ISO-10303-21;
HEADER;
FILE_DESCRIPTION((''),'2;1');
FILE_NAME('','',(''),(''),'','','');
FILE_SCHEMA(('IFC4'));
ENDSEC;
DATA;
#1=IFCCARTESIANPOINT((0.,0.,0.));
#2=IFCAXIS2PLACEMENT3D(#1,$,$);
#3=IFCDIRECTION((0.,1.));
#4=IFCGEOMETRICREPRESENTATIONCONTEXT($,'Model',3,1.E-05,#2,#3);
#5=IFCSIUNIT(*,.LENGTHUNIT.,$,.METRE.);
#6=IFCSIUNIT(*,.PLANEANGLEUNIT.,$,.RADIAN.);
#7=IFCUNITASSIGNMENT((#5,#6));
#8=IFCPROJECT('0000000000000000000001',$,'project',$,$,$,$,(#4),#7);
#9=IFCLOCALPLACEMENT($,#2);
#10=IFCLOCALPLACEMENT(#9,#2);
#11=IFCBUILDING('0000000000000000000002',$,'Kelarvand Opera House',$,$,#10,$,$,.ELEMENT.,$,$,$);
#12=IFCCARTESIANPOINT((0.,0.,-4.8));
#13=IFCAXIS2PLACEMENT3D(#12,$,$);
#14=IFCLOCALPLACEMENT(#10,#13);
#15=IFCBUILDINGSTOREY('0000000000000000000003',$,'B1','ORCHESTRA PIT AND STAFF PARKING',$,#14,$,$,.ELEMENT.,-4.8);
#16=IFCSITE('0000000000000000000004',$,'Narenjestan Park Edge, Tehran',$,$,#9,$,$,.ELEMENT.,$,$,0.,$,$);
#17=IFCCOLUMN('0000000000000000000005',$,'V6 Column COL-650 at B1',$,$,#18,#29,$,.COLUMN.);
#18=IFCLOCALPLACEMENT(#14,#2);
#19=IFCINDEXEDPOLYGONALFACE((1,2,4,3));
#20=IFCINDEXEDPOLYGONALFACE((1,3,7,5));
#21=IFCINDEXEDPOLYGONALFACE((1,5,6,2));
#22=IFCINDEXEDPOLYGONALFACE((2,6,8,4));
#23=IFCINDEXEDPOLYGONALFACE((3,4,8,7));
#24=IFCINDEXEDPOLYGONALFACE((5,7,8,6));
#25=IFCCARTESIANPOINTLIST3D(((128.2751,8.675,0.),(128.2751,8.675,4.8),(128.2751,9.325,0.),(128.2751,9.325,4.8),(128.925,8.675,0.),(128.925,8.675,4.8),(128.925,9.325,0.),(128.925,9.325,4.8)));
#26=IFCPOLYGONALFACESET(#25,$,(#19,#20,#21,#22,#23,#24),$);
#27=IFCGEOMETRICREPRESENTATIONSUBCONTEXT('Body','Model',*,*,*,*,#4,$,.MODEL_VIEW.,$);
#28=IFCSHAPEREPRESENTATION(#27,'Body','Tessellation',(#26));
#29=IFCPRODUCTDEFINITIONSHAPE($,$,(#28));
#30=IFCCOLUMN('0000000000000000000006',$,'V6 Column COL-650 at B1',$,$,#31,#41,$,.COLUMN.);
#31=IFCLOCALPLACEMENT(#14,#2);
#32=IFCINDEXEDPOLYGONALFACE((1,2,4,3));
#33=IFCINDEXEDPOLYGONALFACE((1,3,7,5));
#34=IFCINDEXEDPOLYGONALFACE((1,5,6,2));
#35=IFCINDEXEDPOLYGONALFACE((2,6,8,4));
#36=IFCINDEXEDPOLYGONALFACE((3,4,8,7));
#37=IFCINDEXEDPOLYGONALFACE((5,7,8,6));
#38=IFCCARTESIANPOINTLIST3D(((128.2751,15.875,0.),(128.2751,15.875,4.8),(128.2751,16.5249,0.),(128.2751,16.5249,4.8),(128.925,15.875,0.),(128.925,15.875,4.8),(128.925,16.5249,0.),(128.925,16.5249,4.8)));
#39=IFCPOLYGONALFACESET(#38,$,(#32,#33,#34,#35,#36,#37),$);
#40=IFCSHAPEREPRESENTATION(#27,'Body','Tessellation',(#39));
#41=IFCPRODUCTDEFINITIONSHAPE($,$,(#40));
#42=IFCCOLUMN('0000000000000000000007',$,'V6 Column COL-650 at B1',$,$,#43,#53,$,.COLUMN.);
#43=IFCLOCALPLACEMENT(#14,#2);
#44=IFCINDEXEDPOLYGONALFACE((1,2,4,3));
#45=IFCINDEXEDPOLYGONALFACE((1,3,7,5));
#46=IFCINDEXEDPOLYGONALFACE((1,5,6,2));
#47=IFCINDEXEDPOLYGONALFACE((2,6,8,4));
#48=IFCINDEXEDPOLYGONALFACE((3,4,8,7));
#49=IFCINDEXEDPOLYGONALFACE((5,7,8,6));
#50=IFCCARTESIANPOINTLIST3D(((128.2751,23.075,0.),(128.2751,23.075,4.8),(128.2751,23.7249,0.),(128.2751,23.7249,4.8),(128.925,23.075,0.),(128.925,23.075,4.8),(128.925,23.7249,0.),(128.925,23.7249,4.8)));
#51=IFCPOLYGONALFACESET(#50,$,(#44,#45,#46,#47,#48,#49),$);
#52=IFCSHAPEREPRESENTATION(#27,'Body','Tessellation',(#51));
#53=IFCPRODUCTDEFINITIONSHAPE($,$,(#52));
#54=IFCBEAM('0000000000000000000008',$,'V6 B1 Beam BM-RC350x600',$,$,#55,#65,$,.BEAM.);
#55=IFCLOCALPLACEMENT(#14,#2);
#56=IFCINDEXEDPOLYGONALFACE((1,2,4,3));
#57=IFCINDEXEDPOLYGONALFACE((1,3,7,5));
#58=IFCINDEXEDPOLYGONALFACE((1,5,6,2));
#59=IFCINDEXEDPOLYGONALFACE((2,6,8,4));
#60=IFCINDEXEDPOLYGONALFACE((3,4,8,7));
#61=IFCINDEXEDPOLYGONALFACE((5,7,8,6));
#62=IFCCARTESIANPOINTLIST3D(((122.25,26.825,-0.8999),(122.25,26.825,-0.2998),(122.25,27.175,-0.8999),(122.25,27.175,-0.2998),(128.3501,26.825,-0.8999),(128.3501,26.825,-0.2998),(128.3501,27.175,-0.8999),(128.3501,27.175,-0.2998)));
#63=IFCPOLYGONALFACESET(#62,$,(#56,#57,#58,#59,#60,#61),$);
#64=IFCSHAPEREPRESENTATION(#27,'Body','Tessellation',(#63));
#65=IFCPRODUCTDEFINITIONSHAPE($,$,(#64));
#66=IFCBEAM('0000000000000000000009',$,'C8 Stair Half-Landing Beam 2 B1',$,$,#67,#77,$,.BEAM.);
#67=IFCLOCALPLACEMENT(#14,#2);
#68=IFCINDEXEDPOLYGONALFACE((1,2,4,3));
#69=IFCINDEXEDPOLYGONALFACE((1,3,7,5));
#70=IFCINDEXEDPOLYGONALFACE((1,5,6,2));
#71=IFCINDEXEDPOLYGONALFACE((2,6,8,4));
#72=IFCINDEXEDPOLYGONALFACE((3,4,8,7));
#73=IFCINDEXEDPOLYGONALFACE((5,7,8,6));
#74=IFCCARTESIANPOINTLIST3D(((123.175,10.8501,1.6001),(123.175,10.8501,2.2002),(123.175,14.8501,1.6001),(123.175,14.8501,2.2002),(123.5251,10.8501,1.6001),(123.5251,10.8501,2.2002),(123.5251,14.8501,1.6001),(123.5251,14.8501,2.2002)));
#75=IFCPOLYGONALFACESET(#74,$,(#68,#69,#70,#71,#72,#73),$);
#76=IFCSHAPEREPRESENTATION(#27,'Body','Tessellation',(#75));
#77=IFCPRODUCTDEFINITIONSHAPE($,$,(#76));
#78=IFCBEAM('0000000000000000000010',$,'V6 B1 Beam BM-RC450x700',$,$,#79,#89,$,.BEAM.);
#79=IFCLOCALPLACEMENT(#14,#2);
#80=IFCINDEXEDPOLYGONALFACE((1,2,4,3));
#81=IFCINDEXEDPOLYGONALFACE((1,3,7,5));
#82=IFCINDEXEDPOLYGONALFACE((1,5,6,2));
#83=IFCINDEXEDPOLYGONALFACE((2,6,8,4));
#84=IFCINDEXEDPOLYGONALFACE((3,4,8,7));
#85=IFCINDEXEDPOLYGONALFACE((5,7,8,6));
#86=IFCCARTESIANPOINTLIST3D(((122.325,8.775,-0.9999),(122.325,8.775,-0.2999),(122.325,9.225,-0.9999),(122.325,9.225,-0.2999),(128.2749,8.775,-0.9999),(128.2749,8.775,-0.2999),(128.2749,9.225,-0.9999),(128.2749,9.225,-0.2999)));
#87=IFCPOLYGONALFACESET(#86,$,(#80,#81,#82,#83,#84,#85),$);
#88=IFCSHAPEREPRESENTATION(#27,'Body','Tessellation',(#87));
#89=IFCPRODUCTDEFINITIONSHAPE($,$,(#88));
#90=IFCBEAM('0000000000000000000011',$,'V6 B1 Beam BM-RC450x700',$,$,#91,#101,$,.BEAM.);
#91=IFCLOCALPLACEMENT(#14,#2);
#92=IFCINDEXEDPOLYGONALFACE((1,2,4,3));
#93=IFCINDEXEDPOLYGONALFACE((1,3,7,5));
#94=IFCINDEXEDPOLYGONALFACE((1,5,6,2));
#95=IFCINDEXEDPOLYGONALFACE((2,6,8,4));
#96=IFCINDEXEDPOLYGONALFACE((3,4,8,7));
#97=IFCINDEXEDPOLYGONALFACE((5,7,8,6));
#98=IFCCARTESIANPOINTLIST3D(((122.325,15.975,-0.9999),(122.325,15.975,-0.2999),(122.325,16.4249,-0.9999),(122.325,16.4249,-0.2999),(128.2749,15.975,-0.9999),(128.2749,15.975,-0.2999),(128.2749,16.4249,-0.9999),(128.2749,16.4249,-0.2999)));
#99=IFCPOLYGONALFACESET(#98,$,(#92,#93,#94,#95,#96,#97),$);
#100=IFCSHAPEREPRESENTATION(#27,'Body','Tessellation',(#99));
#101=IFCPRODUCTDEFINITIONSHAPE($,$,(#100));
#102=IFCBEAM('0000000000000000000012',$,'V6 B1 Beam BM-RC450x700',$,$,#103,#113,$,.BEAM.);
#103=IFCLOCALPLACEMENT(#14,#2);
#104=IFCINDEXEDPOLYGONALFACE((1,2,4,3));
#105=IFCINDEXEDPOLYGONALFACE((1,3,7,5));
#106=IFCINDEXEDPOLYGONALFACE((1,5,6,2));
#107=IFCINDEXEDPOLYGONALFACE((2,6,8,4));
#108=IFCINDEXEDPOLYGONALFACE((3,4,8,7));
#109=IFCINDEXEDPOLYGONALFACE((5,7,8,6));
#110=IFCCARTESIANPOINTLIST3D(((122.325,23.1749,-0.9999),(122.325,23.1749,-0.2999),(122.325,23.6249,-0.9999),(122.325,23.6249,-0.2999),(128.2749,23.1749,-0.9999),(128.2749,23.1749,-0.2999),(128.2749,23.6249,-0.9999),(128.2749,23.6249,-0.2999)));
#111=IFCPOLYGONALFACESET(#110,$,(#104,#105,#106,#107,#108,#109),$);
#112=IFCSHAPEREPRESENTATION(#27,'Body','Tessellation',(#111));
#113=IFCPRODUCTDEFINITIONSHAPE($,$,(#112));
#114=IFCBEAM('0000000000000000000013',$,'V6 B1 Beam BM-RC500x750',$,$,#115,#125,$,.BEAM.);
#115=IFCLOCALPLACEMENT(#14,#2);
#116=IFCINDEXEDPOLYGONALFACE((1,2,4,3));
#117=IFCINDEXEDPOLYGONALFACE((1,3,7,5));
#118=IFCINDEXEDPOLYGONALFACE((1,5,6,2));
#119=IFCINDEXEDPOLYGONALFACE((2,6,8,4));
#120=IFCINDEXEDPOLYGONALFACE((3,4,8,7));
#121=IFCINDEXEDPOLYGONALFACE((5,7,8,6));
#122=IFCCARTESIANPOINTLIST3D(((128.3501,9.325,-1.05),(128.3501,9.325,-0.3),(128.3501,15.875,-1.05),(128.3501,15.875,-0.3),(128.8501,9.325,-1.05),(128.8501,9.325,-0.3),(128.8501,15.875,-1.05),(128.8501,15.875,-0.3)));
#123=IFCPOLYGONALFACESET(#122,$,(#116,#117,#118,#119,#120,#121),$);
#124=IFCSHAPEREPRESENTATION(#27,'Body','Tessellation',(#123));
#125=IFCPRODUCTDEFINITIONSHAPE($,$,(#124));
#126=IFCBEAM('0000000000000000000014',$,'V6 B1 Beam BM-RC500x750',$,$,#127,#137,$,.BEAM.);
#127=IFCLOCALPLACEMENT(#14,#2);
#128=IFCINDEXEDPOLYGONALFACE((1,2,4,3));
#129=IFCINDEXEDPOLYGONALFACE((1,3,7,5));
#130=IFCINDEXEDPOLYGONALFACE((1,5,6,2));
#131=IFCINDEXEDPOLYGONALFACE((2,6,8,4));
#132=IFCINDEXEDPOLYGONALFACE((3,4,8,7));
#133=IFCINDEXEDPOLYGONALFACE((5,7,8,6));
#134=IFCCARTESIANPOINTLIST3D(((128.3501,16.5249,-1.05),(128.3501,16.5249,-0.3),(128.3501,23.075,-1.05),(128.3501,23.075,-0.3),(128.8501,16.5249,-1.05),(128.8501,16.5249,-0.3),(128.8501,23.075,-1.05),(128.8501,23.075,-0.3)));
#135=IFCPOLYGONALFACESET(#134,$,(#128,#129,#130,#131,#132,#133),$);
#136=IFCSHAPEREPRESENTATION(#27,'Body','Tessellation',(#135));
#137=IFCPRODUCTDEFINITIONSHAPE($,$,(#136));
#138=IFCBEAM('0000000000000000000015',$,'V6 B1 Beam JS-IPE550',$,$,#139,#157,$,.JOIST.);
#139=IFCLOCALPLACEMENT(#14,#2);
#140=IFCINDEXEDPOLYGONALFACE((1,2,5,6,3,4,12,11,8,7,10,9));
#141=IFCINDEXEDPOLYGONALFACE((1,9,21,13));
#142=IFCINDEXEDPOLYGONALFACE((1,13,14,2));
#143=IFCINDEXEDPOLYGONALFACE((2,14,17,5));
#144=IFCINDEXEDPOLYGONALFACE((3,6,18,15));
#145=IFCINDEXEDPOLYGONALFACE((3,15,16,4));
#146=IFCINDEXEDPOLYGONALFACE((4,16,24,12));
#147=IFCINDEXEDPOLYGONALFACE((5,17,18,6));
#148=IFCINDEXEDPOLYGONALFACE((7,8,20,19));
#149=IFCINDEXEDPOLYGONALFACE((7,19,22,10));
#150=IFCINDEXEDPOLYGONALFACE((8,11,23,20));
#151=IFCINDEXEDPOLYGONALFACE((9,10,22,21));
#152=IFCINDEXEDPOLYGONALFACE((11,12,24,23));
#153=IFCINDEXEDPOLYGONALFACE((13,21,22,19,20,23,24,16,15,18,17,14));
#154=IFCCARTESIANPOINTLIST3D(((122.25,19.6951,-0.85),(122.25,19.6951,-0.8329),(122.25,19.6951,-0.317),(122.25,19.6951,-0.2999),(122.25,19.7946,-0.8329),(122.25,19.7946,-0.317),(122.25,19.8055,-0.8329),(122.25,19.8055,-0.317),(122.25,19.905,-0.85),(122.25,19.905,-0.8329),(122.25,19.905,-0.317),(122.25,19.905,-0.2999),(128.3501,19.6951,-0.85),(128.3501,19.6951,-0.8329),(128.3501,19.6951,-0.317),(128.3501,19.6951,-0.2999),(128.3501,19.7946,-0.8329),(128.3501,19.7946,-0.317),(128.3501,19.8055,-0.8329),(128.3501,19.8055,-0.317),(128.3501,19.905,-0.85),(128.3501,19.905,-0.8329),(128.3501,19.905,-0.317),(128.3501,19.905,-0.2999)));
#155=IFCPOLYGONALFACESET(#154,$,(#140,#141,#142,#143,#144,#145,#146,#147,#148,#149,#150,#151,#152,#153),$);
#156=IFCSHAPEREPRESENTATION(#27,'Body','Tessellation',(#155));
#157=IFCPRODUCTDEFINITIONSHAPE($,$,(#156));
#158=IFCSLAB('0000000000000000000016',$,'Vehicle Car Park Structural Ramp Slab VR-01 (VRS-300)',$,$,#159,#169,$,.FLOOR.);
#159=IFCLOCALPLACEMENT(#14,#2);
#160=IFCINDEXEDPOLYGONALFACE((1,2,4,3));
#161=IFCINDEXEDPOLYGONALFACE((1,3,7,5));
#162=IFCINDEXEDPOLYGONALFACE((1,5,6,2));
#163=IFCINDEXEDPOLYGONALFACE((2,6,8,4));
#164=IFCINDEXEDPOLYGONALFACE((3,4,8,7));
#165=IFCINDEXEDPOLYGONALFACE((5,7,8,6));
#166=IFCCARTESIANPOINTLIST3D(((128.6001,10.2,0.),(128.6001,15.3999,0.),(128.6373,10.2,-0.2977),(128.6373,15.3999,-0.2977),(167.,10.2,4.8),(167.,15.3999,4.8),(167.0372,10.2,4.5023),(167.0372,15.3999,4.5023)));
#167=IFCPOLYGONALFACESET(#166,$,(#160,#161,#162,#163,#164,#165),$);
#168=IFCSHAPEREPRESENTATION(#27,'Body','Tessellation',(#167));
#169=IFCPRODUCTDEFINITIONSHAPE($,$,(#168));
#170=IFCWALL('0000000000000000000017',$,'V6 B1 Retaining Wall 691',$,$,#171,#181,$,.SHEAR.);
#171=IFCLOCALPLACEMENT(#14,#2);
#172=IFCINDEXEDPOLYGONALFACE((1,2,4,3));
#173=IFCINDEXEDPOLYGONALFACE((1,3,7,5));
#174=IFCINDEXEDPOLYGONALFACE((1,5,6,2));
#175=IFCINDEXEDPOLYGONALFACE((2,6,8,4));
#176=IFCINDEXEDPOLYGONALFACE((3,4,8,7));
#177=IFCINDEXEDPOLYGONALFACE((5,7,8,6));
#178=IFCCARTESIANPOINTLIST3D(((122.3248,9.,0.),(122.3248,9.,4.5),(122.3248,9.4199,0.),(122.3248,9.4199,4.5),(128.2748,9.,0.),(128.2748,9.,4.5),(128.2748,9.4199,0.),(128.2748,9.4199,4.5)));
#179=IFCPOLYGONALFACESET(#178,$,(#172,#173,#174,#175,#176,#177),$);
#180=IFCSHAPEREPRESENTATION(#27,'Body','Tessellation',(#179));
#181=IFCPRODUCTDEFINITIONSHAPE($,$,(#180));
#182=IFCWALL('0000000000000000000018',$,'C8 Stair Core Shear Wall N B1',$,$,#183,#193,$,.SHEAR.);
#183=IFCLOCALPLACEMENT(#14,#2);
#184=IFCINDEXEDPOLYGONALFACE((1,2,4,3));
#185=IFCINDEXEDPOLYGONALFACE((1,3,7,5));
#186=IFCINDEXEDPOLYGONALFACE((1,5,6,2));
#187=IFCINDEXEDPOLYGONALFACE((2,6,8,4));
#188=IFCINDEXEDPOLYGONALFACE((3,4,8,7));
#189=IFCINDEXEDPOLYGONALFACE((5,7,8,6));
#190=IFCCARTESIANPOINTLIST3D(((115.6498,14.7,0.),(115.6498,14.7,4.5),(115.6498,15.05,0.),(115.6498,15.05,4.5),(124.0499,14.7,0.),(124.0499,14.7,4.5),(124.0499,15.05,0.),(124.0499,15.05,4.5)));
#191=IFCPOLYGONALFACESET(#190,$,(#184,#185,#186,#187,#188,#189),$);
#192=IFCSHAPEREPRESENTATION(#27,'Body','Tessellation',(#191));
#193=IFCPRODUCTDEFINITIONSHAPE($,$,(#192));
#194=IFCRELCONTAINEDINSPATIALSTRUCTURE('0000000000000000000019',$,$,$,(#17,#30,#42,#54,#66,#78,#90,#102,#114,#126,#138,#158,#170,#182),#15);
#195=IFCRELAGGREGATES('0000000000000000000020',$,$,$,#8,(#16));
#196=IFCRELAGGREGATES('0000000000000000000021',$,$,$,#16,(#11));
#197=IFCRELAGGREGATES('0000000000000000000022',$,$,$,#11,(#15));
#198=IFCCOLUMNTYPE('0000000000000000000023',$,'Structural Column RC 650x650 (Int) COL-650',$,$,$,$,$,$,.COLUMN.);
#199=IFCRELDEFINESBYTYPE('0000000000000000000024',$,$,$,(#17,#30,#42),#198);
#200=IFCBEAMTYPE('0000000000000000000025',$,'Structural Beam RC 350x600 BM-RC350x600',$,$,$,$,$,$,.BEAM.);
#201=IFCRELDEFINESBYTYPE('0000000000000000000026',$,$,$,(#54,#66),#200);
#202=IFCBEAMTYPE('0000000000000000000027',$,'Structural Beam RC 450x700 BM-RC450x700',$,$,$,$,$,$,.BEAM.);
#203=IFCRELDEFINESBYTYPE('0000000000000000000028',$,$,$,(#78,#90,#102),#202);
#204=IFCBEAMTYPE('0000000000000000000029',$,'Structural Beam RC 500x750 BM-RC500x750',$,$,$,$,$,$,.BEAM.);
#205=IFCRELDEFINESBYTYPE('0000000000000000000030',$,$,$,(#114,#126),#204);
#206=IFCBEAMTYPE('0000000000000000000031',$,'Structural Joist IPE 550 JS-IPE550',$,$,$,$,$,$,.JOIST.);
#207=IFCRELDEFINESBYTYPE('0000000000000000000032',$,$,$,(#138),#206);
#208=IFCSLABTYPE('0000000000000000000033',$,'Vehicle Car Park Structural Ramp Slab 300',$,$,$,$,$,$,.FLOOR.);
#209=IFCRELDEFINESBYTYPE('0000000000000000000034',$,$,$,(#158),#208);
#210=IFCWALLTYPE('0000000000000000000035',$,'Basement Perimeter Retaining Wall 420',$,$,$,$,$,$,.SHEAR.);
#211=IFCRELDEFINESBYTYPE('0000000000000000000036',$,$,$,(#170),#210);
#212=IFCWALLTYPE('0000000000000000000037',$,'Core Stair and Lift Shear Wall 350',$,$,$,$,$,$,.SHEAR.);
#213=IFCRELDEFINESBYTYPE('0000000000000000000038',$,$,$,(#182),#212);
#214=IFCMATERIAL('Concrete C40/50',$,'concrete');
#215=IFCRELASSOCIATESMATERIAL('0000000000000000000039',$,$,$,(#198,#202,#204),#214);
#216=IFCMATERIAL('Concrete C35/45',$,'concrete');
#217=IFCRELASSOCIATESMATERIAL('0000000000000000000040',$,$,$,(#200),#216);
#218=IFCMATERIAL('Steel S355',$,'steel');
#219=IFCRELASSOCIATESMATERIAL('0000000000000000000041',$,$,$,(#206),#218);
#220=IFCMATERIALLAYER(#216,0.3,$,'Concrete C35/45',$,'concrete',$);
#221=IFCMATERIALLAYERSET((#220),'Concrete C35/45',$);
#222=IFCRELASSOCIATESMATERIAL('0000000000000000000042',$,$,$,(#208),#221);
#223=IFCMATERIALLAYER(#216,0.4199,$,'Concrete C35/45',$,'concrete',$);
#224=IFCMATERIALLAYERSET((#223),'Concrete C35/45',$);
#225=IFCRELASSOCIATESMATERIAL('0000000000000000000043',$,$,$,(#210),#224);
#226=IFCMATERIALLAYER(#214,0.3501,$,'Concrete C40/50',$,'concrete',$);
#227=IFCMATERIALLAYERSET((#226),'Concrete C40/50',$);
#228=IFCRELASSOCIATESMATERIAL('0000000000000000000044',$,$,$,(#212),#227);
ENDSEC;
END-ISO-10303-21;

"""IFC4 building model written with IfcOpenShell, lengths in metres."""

from ifc_helpers import new_model, si_unit, direction, frame, frame_2d, origin, origin_2d, place, context, subcontext, project, spatial, polyline, rectangle, i_section, outline, extrude, material, layer, layer_set, material_profile, profile_set, type_object, element, save


model = new_model("IFC4")

# Units and contexts
model_context = context("Model", 3, precision=1e-05, world=origin(), true_north=direction((0.0, 1.0)))
body_context = subcontext(model_context, "Body", "Model", "MODEL_VIEW")
ifc_project = project(units=[si_unit("LENGTHUNIT", "METRE"), si_unit("PLANEANGLEUNIT", "RADIAN")], contexts=[model_context])

# Site, building, storey
site_placement = place(None, origin())
site = spatial("IfcSite", under=ifc_project, at=site_placement, Name="Narenjestan Park Edge, Tehran", CompositionType="ELEMENT", RefElevation=0.0)
building_placement = place(site_placement, origin())
building = spatial("IfcBuilding", under=site, at=building_placement, Name="Kelarvand Opera House", CompositionType="ELEMENT")
storey_placement = place(building_placement, frame((0.0, 0.0, -4.8)))
storey = spatial("IfcBuildingStorey", under=building, at=storey_placement, Name="B1", Description="ORCHESTRA PIT AND STAFF PARKING", CompositionType="ELEMENT", Elevation=-4.8)

# Columns
ifc_material_1 = material(Name="Concrete C40/50", Category="concrete")
ifc_material_profile_1 = material_profile(ifc_material_1, rectangle(XDim=0.6499, YDim=0.6499, at=origin_2d()), Name="RC 650x650", Category="concrete")
ifc_profile_set_1 = profile_set([ifc_material_profile_1], Name="Concrete C40/50")
column_type = type_object("IfcColumnType", Name="Structural Column RC 650x650 (Int) COL-650", PredefinedType="COLUMN", material=ifc_profile_set_1)
for number, where, z_axis, x_axis, name in (
    (1, (128.6001, 9.0, 0.0), (0.0, 0.0, 1.0), (1.0, 0.0, 0.0), "V6 Column COL-650 at B1"),
    (2, (128.6001, 16.2, 0.0), (0.0, 0.0, 1.0), (1.0, 0.0, 0.0), "V6 Column COL-650 at B1"),
    (3, (128.6001, 23.3999, 0.0), (0.0, 0.0, 1.0), (1.0, 0.0, 0.0), "V6 Column COL-650 at B1"),
):
    element("IfcColumn", number, at=place(storey_placement, frame(where, z_axis=z_axis, x_axis=x_axis)), inside=storey, type_object=column_type, Name=name, PredefinedType="COLUMN", context=body_context, shape_type="SweptSolid", body=[
        extrude(rectangle(XDim=0.6499, YDim=0.6499, at=origin_2d()), origin(), (0.0, 0.0, 1.0), 4.8),
    ])

# Beams
ifc_material_2 = material(Name="Concrete C35/45", Category="concrete")
ifc_material_profile_2 = material_profile(ifc_material_2, rectangle(XDim=0.3501, YDim=0.6001, at=origin_2d()), Name="RC 350x600", Category="concrete")
ifc_profile_set_2 = profile_set([ifc_material_profile_2], Name="Concrete C35/45")
beam_type_1 = type_object("IfcBeamType", Name="Structural Beam RC 350x600 BM-RC350x600", PredefinedType="BEAM", material=ifc_profile_set_2)
beam_1_placement = place(storey_placement, frame((122.25, 27.0, -0.5999), z_axis=(1.0, 0.0, 0.0), x_axis=(0.0, 1.0, 0.0)))
element("IfcBeam", 4, at=beam_1_placement, inside=storey, type_object=beam_type_1, Name="V6 B1 Beam BM-RC350x600", PredefinedType="BEAM", context=body_context, shape_type="SweptSolid", body=[
    extrude(rectangle(XDim=0.3501, YDim=0.6001, at=origin_2d()), origin(), (0.0, 0.0, 1.0), 6.1001),
])
beam_2_placement = place(storey_placement, frame((123.3501, 10.8501, 1.9001), z_axis=(0.0, 1.0, 0.0), x_axis=(-1.0, 0.0, 0.0)))
element("IfcBeam", 5, at=beam_2_placement, inside=storey, type_object=beam_type_1, Name="C8 Stair Half-Landing Beam 2 B1", PredefinedType="BEAM", context=body_context, shape_type="SweptSolid", body=[
    extrude(rectangle(XDim=0.3501, YDim=0.6001, at=origin_2d()), origin(), (0.0, 0.0, 1.0), 4.0),
])
ifc_material_profile_3 = material_profile(ifc_material_1, rectangle(XDim=0.45, YDim=0.7, at=origin_2d()), Name="RC 450x700", Category="concrete")
ifc_profile_set_3 = profile_set([ifc_material_profile_3], Name="Concrete C40/50")
beam_type_2 = type_object("IfcBeamType", Name="Structural Beam RC 450x700 BM-RC450x700", PredefinedType="BEAM", material=ifc_profile_set_3)
for number, where, z_axis, x_axis, name in (
    (6, (122.325, 9.0, -0.6499), (1.0, 0.0, 0.0), (0.0, 1.0, 0.0), "V6 B1 Beam BM-RC450x700"),
    (7, (122.325, 16.2, -0.6499), (1.0, 0.0, 0.0), (0.0, 1.0, 0.0), "V6 B1 Beam BM-RC450x700"),
    (8, (122.325, 23.3999, -0.6499), (1.0, 0.0, 0.0), (0.0, 1.0, 0.0), "V6 B1 Beam BM-RC450x700"),
):
    element("IfcBeam", number, at=place(storey_placement, frame(where, z_axis=z_axis, x_axis=x_axis)), inside=storey, type_object=beam_type_2, Name=name, PredefinedType="BEAM", context=body_context, shape_type="SweptSolid", body=[
        extrude(rectangle(XDim=0.45, YDim=0.7, at=origin_2d()), origin(), (0.0, 0.0, 1.0), 5.95),
    ])
ifc_material_profile_4 = material_profile(ifc_material_1, rectangle(XDim=0.5, YDim=0.75, at=origin_2d()), Name="RC 500x750", Category="concrete")
ifc_profile_set_4 = profile_set([ifc_material_profile_4], Name="Concrete C40/50")
beam_type_3 = type_object("IfcBeamType", Name="Structural Beam RC 500x750 BM-RC500x750", PredefinedType="BEAM", material=ifc_profile_set_4)
for number, where, z_axis, x_axis, name in (
    (9, (128.6001, 9.325, -0.675), (0.0, 1.0, 0.0), (-1.0, 0.0, 0.0), "V6 B1 Beam BM-RC500x750"),
    (10, (128.6001, 16.5249, -0.675), (0.0, 1.0, 0.0), (-1.0, 0.0, 0.0), "V6 B1 Beam BM-RC500x750"),
):
    element("IfcBeam", number, at=place(storey_placement, frame(where, z_axis=z_axis, x_axis=x_axis)), inside=storey, type_object=beam_type_3, Name=name, PredefinedType="BEAM", context=body_context, shape_type="SweptSolid", body=[
        extrude(rectangle(XDim=0.5, YDim=0.75, at=origin_2d()), origin(), (0.0, 0.0, 1.0), 6.55),
    ])
ifc_material_3 = material(Name="Steel S355", Category="steel")
ifc_material_profile_5 = material_profile(ifc_material_3, i_section(OverallWidth=0.21, OverallDepth=0.55, WebThickness=0.011, FlangeThickness=0.0171, at=origin_2d()), Name="IPE 550", Category="steel")
ifc_profile_set_5 = profile_set([ifc_material_profile_5], Name="Steel S355")
beam_type_4 = type_object("IfcBeamType", Name="Structural Joist IPE 550 JS-IPE550", PredefinedType="JOIST", material=ifc_profile_set_5)
beam_3_placement = place(storey_placement, frame((122.25, 19.8, -0.575), z_axis=(1.0, 0.0, 0.0), x_axis=(0.0, 1.0, 0.0)))
element("IfcBeam", 11, at=beam_3_placement, inside=storey, type_object=beam_type_4, Name="V6 B1 Beam JS-IPE550", PredefinedType="JOIST", context=body_context, shape_type="SweptSolid", body=[
    extrude(i_section(OverallWidth=0.21, OverallDepth=0.55, WebThickness=0.011, FlangeThickness=0.0171, at=origin_2d()), origin(), (0.0, 0.0, 1.0), 6.1001),
])

# Slab
ifc_layer_1 = layer(ifc_material_2, 0.3, Name="Concrete C35/45", Category="concrete")
ifc_layer_set_1 = layer_set([ifc_layer_1], Name="Concrete C35/45")
slab_type = type_object("IfcSlabType", Name="Vehicle Car Park Structural Ramp Slab 300", PredefinedType="FLOOR", material=ifc_layer_set_1)
slab_placement = place(storey_placement, frame((128.6001, 10.2, 0.0), z_axis=(-0.124036, 0.0, 0.992278), x_axis=(0.992278, 0.0, 0.124036)))
element("IfcSlab", 12, at=slab_placement, inside=storey, type_object=slab_type, Name="Vehicle Car Park Structural Ramp Slab VR-01 (VRS-300)", PredefinedType="FLOOR", context=body_context, shape_type="SweptSolid", body=[
    extrude(outline(polyline([(0.0, 0.0), (38.6987, 0.0), (38.6987, 5.2), (0.0, 5.2), (0.0, 0.0)])), origin(), (0.0, 0.0, -1.0), 0.3),
])

# Walls
ifc_layer_2 = layer(ifc_material_2, 0.4199, Name="Concrete C35/45", Category="concrete")
ifc_layer_set_2 = layer_set([ifc_layer_2], Name="Concrete C35/45")
wall_type_1 = type_object("IfcWallType", Name="Basement Perimeter Retaining Wall 420", PredefinedType="SHEAR", material=ifc_layer_set_2)
wall_1_placement = place(storey_placement, frame((128.2749, 9.21, 0.0), z_axis=(0.0, 0.0, 1.0), x_axis=(-1.0, 0.0, 0.0)))
element("IfcWall", 13, at=wall_1_placement, inside=storey, type_object=wall_type_1, Name="V6 B1 Retaining Wall 691", PredefinedType="SHEAR", context=body_context, shape_type="SweptSolid", body=[
    extrude(rectangle(XDim=5.95, YDim=0.4199, at=frame_2d((2.9751, 0.0))), origin(), (0.0, 0.0, 1.0), 4.5),
])
ifc_layer_3 = layer(ifc_material_1, 0.3501, Name="Concrete C40/50", Category="concrete")
ifc_layer_set_3 = layer_set([ifc_layer_3], Name="Concrete C40/50")
wall_type_2 = type_object("IfcWallType", Name="Core Stair and Lift Shear Wall 350", PredefinedType="SHEAR", material=ifc_layer_set_3)
wall_2_placement = place(storey_placement, frame((124.05, 14.875, 0.0), z_axis=(0.0, 0.0, 1.0), x_axis=(-1.0, 0.0, 0.0)))
element("IfcWall", 14, at=wall_2_placement, inside=storey, type_object=wall_type_2, Name="C8 Stair Core Shear Wall N B1", PredefinedType="SHEAR", context=body_context, shape_type="SweptSolid", body=[
    extrude(rectangle(XDim=8.4001, YDim=0.3501, at=frame_2d((4.2002, 0.0))), origin(), (0.0, 0.0, 1.0), 4.5),
])

save(model, "model.ifc")
